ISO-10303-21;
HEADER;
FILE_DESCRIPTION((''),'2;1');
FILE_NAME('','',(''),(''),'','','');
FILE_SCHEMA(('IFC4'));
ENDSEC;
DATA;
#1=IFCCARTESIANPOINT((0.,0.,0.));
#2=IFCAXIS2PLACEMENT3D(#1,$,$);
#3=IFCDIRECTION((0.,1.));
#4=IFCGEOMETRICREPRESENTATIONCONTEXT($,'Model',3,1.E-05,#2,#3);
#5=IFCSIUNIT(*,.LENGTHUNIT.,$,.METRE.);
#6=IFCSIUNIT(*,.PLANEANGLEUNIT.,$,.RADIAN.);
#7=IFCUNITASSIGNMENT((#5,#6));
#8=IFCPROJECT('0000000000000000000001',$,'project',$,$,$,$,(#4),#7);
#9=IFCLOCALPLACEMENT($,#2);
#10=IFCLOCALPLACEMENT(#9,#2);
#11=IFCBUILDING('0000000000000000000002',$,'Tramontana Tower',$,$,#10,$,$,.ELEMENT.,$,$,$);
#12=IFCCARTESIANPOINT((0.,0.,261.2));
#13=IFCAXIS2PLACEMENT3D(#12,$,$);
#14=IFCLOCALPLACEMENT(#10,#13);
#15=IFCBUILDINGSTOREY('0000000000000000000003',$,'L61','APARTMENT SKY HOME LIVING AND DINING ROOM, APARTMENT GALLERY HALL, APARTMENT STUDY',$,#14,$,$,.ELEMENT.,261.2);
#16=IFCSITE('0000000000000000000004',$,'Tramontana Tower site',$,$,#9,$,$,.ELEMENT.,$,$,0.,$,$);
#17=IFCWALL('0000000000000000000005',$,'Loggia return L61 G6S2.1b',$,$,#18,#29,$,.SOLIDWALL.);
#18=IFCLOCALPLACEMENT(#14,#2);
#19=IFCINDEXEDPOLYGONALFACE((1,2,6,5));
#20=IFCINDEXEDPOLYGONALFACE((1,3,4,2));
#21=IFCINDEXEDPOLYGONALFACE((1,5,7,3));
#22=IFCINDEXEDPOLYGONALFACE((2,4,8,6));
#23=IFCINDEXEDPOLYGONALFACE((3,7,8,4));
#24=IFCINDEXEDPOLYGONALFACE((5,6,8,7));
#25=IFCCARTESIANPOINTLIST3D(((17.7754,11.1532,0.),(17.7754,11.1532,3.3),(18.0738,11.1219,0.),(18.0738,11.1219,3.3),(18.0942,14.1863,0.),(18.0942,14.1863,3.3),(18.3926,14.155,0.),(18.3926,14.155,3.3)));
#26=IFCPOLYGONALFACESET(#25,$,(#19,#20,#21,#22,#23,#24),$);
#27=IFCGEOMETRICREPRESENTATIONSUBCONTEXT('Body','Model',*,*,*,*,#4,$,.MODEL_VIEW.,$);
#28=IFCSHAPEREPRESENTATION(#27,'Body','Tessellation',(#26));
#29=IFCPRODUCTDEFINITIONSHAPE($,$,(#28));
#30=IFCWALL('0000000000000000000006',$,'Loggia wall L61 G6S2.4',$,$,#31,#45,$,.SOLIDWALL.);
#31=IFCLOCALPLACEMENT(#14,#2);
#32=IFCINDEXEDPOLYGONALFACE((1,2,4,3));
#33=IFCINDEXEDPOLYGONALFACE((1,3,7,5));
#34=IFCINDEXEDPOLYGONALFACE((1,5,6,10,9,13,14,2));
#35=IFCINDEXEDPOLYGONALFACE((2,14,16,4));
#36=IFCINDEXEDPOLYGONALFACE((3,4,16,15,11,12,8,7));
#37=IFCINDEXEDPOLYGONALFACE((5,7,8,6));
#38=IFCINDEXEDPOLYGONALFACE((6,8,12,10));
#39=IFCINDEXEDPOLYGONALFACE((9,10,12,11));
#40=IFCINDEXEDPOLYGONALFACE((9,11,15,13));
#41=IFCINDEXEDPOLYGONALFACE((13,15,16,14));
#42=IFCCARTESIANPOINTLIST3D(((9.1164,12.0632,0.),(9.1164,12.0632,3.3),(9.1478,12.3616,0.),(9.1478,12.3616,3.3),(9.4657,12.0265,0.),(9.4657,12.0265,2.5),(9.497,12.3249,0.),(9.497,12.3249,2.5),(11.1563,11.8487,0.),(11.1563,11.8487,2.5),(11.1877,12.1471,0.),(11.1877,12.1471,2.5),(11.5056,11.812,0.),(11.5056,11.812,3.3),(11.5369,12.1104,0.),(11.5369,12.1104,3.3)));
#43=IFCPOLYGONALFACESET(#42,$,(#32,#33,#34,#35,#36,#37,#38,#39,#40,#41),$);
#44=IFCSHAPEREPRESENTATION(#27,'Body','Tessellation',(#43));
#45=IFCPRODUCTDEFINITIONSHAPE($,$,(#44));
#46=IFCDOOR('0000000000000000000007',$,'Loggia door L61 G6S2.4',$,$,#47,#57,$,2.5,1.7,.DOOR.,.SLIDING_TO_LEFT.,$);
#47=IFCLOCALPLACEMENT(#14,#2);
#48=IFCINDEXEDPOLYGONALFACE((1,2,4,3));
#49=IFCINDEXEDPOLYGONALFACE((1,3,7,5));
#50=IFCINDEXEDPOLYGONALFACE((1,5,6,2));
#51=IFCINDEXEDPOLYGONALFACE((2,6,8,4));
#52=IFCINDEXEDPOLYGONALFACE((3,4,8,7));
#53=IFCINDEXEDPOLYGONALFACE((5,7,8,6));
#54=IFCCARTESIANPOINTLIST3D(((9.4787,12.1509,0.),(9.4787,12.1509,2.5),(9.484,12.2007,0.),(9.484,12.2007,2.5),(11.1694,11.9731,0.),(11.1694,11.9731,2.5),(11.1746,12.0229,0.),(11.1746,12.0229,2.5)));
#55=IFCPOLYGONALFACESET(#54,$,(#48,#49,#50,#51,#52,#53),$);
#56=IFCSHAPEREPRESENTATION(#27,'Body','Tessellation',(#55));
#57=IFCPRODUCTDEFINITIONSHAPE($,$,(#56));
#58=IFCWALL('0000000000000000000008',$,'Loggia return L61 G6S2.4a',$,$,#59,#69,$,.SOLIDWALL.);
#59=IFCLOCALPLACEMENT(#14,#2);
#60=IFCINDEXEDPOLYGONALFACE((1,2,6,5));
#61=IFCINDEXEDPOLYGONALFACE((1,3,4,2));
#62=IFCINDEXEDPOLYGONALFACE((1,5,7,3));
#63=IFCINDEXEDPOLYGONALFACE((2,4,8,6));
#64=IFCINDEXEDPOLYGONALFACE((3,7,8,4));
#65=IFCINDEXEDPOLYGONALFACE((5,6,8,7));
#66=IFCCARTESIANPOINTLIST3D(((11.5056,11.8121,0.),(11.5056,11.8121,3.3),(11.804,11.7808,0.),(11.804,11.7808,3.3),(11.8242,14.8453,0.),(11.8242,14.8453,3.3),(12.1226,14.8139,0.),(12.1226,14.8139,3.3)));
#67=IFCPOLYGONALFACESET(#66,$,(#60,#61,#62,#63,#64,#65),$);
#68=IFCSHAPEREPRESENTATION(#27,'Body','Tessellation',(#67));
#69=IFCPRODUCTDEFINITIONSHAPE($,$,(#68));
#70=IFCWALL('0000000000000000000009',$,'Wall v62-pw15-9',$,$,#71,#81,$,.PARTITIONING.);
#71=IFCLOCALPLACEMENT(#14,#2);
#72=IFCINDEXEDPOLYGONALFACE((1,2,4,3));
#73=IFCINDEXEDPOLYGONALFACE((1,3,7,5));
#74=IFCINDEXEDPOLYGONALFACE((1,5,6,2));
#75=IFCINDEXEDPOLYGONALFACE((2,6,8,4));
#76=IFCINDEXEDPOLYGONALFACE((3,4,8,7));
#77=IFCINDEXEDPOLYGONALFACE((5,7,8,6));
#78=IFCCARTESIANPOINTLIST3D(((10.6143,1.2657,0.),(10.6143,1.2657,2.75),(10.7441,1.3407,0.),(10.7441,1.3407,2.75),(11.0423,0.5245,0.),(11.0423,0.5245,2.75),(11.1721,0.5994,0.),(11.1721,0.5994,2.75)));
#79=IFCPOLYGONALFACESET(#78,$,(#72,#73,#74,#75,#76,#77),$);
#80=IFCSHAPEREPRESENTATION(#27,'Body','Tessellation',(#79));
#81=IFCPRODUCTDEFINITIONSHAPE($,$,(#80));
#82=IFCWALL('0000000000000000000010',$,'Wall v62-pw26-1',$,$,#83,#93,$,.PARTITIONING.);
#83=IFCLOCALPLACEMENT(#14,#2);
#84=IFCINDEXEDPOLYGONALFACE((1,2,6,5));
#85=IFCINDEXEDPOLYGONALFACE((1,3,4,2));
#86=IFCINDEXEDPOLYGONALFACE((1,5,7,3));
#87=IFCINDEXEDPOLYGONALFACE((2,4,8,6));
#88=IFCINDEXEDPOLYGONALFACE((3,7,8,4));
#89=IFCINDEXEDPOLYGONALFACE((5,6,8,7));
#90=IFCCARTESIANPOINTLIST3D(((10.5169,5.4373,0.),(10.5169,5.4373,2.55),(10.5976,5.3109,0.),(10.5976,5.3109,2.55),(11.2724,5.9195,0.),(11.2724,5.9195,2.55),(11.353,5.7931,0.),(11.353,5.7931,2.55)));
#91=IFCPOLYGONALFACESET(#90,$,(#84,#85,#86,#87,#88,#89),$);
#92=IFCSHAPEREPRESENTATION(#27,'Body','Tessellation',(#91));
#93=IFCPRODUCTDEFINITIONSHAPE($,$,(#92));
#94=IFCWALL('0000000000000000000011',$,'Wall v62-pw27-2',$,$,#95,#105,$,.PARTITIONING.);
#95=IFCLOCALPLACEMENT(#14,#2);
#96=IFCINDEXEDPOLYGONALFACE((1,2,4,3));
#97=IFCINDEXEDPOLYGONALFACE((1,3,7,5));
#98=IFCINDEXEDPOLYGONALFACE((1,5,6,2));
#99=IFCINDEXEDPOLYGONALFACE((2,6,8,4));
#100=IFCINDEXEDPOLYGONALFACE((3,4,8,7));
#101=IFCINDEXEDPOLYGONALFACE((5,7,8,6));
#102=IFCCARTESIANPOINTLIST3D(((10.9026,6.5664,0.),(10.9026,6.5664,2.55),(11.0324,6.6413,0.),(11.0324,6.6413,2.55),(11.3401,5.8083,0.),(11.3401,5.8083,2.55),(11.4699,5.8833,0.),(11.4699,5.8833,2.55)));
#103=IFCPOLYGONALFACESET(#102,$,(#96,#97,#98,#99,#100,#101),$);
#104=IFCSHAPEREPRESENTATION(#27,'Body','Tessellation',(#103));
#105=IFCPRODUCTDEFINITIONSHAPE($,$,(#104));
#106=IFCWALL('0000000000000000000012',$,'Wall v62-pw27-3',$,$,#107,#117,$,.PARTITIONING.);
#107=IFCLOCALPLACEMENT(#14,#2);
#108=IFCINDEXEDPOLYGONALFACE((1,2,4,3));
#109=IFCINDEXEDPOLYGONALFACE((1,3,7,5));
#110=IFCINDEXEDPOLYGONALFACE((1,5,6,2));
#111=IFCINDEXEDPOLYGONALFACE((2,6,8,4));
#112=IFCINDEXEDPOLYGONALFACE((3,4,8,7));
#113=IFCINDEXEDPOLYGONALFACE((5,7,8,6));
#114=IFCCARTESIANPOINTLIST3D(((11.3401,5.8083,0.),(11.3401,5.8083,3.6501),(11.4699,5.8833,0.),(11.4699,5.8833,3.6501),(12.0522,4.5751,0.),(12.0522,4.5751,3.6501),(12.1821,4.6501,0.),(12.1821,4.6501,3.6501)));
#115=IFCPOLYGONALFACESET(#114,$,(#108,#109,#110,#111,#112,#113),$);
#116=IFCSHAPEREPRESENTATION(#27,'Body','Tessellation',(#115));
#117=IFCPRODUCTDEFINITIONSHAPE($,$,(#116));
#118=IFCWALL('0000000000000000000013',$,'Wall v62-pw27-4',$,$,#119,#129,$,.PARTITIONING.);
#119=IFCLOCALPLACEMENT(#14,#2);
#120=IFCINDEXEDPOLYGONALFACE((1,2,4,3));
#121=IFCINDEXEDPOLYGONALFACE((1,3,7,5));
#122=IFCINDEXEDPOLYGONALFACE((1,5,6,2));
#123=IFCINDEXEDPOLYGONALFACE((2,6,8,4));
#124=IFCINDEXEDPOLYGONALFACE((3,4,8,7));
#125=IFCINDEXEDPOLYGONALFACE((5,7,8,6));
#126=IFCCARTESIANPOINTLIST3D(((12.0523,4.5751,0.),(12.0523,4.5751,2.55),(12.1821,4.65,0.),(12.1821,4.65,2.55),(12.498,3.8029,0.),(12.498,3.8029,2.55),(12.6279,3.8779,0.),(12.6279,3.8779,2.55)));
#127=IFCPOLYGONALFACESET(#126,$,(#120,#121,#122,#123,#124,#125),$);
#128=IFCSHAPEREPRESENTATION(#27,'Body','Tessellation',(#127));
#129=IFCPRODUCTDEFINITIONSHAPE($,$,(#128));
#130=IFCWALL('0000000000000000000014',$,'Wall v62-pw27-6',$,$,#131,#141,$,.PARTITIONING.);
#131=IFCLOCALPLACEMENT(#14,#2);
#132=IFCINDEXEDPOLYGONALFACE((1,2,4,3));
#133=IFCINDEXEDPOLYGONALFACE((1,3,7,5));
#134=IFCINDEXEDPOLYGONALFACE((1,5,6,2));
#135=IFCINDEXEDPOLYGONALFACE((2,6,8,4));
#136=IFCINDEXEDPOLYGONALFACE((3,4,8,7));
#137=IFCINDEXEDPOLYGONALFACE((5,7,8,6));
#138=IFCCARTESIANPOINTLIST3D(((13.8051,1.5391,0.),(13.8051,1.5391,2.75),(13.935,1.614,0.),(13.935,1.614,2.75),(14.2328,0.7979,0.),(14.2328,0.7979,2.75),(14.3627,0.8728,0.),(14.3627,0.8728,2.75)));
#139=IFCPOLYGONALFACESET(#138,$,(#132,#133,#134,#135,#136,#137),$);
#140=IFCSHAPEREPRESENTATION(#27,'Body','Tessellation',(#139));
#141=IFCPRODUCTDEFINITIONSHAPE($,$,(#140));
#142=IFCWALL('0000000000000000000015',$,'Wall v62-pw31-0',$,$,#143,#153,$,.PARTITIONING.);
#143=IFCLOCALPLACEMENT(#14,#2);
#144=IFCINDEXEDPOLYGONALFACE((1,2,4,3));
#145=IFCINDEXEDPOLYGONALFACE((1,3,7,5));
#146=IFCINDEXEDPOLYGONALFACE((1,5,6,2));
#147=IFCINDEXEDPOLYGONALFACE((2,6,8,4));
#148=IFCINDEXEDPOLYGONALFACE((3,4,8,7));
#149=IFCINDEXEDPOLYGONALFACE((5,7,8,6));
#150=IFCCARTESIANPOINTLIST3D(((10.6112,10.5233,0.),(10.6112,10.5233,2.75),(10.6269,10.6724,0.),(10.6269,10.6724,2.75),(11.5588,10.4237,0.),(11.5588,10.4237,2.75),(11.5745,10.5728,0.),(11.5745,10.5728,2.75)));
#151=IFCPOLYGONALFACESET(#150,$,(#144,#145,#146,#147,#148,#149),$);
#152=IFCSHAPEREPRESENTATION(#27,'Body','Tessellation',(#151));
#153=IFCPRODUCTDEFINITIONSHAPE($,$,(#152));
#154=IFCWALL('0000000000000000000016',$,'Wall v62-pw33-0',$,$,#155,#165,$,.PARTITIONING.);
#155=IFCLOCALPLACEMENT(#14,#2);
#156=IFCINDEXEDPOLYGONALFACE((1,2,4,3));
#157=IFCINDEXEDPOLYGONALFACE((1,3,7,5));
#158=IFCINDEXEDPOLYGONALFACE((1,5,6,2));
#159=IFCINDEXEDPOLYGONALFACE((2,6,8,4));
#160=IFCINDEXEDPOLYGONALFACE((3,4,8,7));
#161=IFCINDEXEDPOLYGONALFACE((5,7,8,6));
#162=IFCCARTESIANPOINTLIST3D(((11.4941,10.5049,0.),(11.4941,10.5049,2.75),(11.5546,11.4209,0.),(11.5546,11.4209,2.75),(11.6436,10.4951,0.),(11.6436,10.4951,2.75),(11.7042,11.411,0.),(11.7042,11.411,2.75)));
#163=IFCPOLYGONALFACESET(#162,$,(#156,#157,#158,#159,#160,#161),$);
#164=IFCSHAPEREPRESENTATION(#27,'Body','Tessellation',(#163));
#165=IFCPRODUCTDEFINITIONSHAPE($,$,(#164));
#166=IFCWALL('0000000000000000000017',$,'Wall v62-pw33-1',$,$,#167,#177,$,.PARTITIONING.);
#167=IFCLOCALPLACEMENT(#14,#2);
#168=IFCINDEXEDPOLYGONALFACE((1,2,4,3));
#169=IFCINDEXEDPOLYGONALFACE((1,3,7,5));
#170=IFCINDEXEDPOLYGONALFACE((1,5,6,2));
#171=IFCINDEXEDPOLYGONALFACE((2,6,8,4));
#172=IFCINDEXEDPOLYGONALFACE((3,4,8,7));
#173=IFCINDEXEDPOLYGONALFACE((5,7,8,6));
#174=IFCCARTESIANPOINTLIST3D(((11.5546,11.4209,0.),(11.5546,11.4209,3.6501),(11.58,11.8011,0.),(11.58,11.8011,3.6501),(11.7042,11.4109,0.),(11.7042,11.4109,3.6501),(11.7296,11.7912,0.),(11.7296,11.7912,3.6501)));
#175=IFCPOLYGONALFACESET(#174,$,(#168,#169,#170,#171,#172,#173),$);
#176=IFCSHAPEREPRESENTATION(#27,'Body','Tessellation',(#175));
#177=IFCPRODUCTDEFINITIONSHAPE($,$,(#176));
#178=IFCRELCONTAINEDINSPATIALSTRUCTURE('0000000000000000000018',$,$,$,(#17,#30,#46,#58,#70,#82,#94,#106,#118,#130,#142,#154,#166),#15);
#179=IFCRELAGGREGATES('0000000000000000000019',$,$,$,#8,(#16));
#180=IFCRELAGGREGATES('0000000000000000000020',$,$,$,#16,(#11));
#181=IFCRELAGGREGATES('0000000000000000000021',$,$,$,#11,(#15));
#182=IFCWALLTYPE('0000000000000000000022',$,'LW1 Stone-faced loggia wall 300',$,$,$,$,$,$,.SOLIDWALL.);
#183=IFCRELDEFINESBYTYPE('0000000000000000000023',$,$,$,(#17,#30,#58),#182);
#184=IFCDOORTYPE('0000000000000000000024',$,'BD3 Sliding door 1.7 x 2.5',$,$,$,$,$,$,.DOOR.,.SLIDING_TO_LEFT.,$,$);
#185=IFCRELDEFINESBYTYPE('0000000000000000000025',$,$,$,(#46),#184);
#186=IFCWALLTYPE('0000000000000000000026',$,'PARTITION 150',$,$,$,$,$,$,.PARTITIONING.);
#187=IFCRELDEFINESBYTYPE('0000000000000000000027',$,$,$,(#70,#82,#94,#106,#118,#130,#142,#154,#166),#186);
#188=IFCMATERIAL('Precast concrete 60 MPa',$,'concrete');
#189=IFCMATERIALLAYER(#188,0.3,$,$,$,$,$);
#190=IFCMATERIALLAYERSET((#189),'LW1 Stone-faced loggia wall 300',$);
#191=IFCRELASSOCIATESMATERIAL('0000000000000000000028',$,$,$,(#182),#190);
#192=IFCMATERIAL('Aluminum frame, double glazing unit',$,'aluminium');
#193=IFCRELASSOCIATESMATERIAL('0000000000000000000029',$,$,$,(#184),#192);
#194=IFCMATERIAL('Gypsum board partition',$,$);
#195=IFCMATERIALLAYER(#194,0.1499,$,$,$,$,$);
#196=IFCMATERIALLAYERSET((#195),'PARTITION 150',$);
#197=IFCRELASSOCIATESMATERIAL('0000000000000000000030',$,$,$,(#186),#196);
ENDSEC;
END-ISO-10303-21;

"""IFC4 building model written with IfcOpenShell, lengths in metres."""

from ifc_helpers import new_model, si_unit, direction, frame, frame_2d, origin, place, context, subcontext, project, spatial, rectangle, extrude, material, layer, layer_set, type_object, element, fill, save


model = new_model("IFC4")

# Units and contexts
model_context = context("Model", 3, precision=1e-05, world=origin(), true_north=direction((0.0, 1.0)))
body_context = subcontext(model_context, "Body", "Model", "MODEL_VIEW")
ifc_project = project(units=[si_unit("LENGTHUNIT", "METRE"), si_unit("PLANEANGLEUNIT", "RADIAN")], contexts=[model_context])

# Site, building, storey
site_placement = place(None, origin())
site = spatial("IfcSite", under=ifc_project, at=site_placement, Name="Tramontana Tower site", CompositionType="ELEMENT", RefElevation=0.0)
building_placement = place(site_placement, origin())
building = spatial("IfcBuilding", under=site, at=building_placement, Name="Tramontana Tower", CompositionType="ELEMENT")
storey_placement = place(building_placement, frame((0.0, 0.0, 261.2)))
storey = spatial("IfcBuildingStorey", under=building, at=storey_placement, Name="L61", Description="APARTMENT SKY HOME LIVING AND DINING ROOM, APARTMENT GALLERY HALL, APARTMENT STUDY", CompositionType="ELEMENT", Elevation=261.2)

# Shared definitions
ifc_material_1 = material(Name="Precast concrete 60 MPa", Category="concrete")
ifc_layer_1 = layer(ifc_material_1, 0.3)
ifc_layer_set_1 = layer_set([ifc_layer_1], Name="LW1 Stone-faced loggia wall 300")
wall_type_1 = type_object("IfcWallType", Name="LW1 Stone-faced loggia wall 300", PredefinedType="SOLIDWALL", material=ifc_layer_set_1)
ifc_material_2 = material(Name="Aluminum frame, double glazing unit", Category="aluminium")
door_type_1 = type_object("IfcDoorType", Name="BD3 Sliding door 1.7 x 2.5", OperationType="SLIDING_TO_LEFT", PredefinedType="DOOR", material=ifc_material_2)

# Wall
wall_1_placement = place(storey_placement, frame((18.2434, 14.1707, 0.0), z_axis=(0.0, 0.0, 1.0), x_axis=(-0.104543, -0.99452, 0.0)))
element("IfcWall", 1, at=wall_1_placement, inside=storey, type_object=wall_type_1, Name="Loggia return L61 G6S2.1b", PredefinedType="SOLIDWALL", context=body_context, shape_type="SweptSolid", body=[
    extrude(rectangle(XDim=3.0498, YDim=0.3, at=frame_2d((1.5249, 0.0))), origin(), (0.0, 0.0, 1.0), 3.3),
])

# Wall, opening, door
wall_2_placement = place(storey_placement, frame((11.5212, 11.9612, 0.0), z_axis=(0.0, 0.0, 1.0), x_axis=(-0.994517, 0.104574, 0.0)))
wall_2 = element("IfcWall", 2, at=wall_2_placement, inside=storey, type_object=wall_type_1, Name="Loggia wall L61 G6S2.4", PredefinedType="SOLIDWALL", context=body_context, shape_type="SweptSolid", body=[
    extrude(rectangle(XDim=2.4023, YDim=0.3, at=frame_2d((1.2012, 0.0))), origin(), (0.0, 0.0, 1.0), 3.3),
])
opening_1_placement = place(wall_2_placement, frame((0.3511, 0.0, 0.0)))
opening_1 = element("IfcOpeningElement", 3, at=opening_1_placement, cuts=wall_2, PredefinedType="OPENING", context=body_context, shape_type="SweptSolid", body=[
    extrude(rectangle(XDim=1.7, YDim=2.5, at=frame_2d((0.8501, 1.25))), frame((0.0, 0.1599, 0.0), z_axis=(0.0, -1.0, 0.0), x_axis=(1.0, 0.0, 0.0)), (0.0, 0.0, 1.0), 0.3201),
])
door_1_placement = place(opening_1_placement, origin())
door_1 = element("IfcDoor", 4, at=door_1_placement, inside=storey, type_object=door_type_1, Name="Loggia door L61 G6S2.4", OperationType="SLIDING_TO_LEFT", OverallHeight=2.5, OverallWidth=1.7, PredefinedType="DOOR", context=body_context, shape_type="SweptSolid", body=[
    extrude(rectangle(XDim=1.7, YDim=2.5, at=frame_2d((0.8501, 1.25))), frame((0.0, 0.0249, 0.0), z_axis=(0.0, -1.0, 0.0), x_axis=(1.0, 0.0, 0.0)), (0.0, 0.0, 1.0), 0.05),
])
fill(opening_1, door_1)

# Walls
wall_3_placement = place(storey_placement, frame((11.9734, 14.8296, 0.0), z_axis=(0.0, 0.0, 1.0), x_axis=(-0.104464, -0.994529, 0.0)))
element("IfcWall", 5, at=wall_3_placement, inside=storey, type_object=wall_type_1, Name="Loggia return L61 G6S2.4a", PredefinedType="SOLIDWALL", context=body_context, shape_type="SweptSolid", body=[
    extrude(rectangle(XDim=3.0498, YDim=0.3, at=frame_2d((1.5249, 0.0))), origin(), (0.0, 0.0, 1.0), 3.3),
])
ifc_material_3 = material(Name="Gypsum board partition")
ifc_layer_2 = layer(ifc_material_3, 0.1499)
ifc_layer_set_2 = layer_set([ifc_layer_2], Name="PARTITION 150")
wall_type_2 = type_object("IfcWallType", Name="PARTITION 150", PredefinedType="PARTITIONING", material=ifc_layer_set_2)
wall_4_placement = place(storey_placement, frame((10.6792, 1.3032, 0.0), z_axis=(0.0, 0.0, 1.0), x_axis=(0.500035, -0.866005, 0.0)))
element("IfcWall", 6, at=wall_4_placement, inside=storey, type_object=wall_type_2, Name="Wall v62-pw15-9", PredefinedType="PARTITIONING", context=body_context, shape_type="SweptSolid", body=[
    extrude(rectangle(XDim=0.856, YDim=0.1499, at=frame_2d((0.428, 0.0))), origin(), (0.0, 0.0, 1.0), 2.75),
])
wall_5_placement = place(storey_placement, frame((10.5571, 5.374, 0.0), z_axis=(0.0, 0.0, 1.0), x_axis=(0.842909, 0.538056, 0.0)))
element("IfcWall", 7, at=wall_5_placement, inside=storey, type_object=wall_type_2, Name="Wall v62-pw26-1", PredefinedType="PARTITIONING", context=body_context, shape_type="SweptSolid", body=[
    extrude(rectangle(XDim=0.8962, YDim=0.1499, at=frame_2d((0.4482, 0.0))), origin(), (0.0, 0.0, 1.0), 2.55),
])
wall_6_placement = place(storey_placement, frame((10.9675, 6.6038, 0.0), z_axis=(0.0, 0.0, 1.0), x_axis=(0.499859, -0.866107, 0.0)))
element("IfcWall", 8, at=wall_6_placement, inside=storey, type_object=wall_type_2, Name="Wall v62-pw27-2", PredefinedType="PARTITIONING", context=body_context, shape_type="SweptSolid", body=[
    extrude(rectangle(XDim=0.8752, YDim=0.1499, at=frame_2d((0.4375, 0.0))), origin(), (0.0, 0.0, 1.0), 2.55),
])
wall_7_placement = place(storey_placement, frame((11.405, 5.8457, 0.0), z_axis=(0.0, 0.0, 1.0), x_axis=(0.500103, -0.865966, 0.0)))
element("IfcWall", 9, at=wall_7_placement, inside=storey, type_object=wall_type_2, Name="Wall v62-pw27-3", PredefinedType="PARTITIONING", context=body_context, shape_type="SweptSolid", body=[
    extrude(rectangle(XDim=1.4241, YDim=0.1499, at=frame_2d((0.7119, 0.0))), origin(), (0.0, 0.0, 1.0), 3.6501),
])
wall_8_placement = place(storey_placement, frame((12.1172, 4.6125, 0.0), z_axis=(0.0, 0.0, 1.0), x_axis=(0.499967, -0.866044, 0.0)))
element("IfcWall", 10, at=wall_8_placement, inside=storey, type_object=wall_type_2, Name="Wall v62-pw27-4", PredefinedType="PARTITIONING", context=body_context, shape_type="SweptSolid", body=[
    extrude(rectangle(XDim=0.8916, YDim=0.1499, at=frame_2d((0.4458, 0.0))), origin(), (0.0, 0.0, 1.0), 2.55),
])

# Walls
wall_9_placement = place(storey_placement, frame((13.8701, 1.5764, 0.0), z_axis=(0.0, 0.0, 1.0), x_axis=(0.499821, -0.866129, 0.0)))
element("IfcWall", 11, at=wall_9_placement, inside=storey, type_object=wall_type_2, Name="Wall v62-pw27-6", PredefinedType="PARTITIONING", context=body_context, shape_type="SweptSolid", body=[
    extrude(rectangle(XDim=0.8557, YDim=0.1499, at=frame_2d((0.4277, 0.0))), origin(), (0.0, 0.0, 1.0), 2.75),
])
wall_10_placement = place(storey_placement, frame((10.6189, 10.5979, 0.0), z_axis=(0.0, 0.0, 1.0), x_axis=(0.994522, -0.104525, 0.0)))
element("IfcWall", 12, at=wall_10_placement, inside=storey, type_object=wall_type_2, Name="Wall v62-pw31-0", PredefinedType="PARTITIONING", context=body_context, shape_type="SweptSolid", body=[
    extrude(rectangle(XDim=0.9529, YDim=0.1499, at=frame_2d((0.4766, 0.0))), origin(), (0.0, 0.0, 1.0), 2.75),
])
wall_11_placement = place(storey_placement, frame((11.5688, 10.5, 0.0), z_axis=(0.0, 0.0, 1.0), x_axis=(0.065954, 0.997823, 0.0)))
element("IfcWall", 13, at=wall_11_placement, inside=storey, type_object=wall_type_2, Name="Wall v62-pw33-0", PredefinedType="PARTITIONING", context=body_context, shape_type="SweptSolid", body=[
    extrude(rectangle(XDim=0.918, YDim=0.1499, at=frame_2d((0.459, 0.0))), origin(), (0.0, 0.0, 1.0), 2.75),
])
wall_12_placement = place(storey_placement, frame((11.6294, 11.416, 0.0), z_axis=(0.0, 0.0, 1.0), x_axis=(0.066604, 0.997779, 0.0)))
element("IfcWall", 14, at=wall_12_placement, inside=storey, type_object=wall_type_2, Name="Wall v62-pw33-1", PredefinedType="PARTITIONING", context=body_context, shape_type="SweptSolid", body=[
    extrude(rectangle(XDim=0.3811, YDim=0.1499, at=frame_2d((0.1904, 0.0))), origin(), (0.0, 0.0, 1.0), 3.6501),
])

save(model, "model.ifc")
